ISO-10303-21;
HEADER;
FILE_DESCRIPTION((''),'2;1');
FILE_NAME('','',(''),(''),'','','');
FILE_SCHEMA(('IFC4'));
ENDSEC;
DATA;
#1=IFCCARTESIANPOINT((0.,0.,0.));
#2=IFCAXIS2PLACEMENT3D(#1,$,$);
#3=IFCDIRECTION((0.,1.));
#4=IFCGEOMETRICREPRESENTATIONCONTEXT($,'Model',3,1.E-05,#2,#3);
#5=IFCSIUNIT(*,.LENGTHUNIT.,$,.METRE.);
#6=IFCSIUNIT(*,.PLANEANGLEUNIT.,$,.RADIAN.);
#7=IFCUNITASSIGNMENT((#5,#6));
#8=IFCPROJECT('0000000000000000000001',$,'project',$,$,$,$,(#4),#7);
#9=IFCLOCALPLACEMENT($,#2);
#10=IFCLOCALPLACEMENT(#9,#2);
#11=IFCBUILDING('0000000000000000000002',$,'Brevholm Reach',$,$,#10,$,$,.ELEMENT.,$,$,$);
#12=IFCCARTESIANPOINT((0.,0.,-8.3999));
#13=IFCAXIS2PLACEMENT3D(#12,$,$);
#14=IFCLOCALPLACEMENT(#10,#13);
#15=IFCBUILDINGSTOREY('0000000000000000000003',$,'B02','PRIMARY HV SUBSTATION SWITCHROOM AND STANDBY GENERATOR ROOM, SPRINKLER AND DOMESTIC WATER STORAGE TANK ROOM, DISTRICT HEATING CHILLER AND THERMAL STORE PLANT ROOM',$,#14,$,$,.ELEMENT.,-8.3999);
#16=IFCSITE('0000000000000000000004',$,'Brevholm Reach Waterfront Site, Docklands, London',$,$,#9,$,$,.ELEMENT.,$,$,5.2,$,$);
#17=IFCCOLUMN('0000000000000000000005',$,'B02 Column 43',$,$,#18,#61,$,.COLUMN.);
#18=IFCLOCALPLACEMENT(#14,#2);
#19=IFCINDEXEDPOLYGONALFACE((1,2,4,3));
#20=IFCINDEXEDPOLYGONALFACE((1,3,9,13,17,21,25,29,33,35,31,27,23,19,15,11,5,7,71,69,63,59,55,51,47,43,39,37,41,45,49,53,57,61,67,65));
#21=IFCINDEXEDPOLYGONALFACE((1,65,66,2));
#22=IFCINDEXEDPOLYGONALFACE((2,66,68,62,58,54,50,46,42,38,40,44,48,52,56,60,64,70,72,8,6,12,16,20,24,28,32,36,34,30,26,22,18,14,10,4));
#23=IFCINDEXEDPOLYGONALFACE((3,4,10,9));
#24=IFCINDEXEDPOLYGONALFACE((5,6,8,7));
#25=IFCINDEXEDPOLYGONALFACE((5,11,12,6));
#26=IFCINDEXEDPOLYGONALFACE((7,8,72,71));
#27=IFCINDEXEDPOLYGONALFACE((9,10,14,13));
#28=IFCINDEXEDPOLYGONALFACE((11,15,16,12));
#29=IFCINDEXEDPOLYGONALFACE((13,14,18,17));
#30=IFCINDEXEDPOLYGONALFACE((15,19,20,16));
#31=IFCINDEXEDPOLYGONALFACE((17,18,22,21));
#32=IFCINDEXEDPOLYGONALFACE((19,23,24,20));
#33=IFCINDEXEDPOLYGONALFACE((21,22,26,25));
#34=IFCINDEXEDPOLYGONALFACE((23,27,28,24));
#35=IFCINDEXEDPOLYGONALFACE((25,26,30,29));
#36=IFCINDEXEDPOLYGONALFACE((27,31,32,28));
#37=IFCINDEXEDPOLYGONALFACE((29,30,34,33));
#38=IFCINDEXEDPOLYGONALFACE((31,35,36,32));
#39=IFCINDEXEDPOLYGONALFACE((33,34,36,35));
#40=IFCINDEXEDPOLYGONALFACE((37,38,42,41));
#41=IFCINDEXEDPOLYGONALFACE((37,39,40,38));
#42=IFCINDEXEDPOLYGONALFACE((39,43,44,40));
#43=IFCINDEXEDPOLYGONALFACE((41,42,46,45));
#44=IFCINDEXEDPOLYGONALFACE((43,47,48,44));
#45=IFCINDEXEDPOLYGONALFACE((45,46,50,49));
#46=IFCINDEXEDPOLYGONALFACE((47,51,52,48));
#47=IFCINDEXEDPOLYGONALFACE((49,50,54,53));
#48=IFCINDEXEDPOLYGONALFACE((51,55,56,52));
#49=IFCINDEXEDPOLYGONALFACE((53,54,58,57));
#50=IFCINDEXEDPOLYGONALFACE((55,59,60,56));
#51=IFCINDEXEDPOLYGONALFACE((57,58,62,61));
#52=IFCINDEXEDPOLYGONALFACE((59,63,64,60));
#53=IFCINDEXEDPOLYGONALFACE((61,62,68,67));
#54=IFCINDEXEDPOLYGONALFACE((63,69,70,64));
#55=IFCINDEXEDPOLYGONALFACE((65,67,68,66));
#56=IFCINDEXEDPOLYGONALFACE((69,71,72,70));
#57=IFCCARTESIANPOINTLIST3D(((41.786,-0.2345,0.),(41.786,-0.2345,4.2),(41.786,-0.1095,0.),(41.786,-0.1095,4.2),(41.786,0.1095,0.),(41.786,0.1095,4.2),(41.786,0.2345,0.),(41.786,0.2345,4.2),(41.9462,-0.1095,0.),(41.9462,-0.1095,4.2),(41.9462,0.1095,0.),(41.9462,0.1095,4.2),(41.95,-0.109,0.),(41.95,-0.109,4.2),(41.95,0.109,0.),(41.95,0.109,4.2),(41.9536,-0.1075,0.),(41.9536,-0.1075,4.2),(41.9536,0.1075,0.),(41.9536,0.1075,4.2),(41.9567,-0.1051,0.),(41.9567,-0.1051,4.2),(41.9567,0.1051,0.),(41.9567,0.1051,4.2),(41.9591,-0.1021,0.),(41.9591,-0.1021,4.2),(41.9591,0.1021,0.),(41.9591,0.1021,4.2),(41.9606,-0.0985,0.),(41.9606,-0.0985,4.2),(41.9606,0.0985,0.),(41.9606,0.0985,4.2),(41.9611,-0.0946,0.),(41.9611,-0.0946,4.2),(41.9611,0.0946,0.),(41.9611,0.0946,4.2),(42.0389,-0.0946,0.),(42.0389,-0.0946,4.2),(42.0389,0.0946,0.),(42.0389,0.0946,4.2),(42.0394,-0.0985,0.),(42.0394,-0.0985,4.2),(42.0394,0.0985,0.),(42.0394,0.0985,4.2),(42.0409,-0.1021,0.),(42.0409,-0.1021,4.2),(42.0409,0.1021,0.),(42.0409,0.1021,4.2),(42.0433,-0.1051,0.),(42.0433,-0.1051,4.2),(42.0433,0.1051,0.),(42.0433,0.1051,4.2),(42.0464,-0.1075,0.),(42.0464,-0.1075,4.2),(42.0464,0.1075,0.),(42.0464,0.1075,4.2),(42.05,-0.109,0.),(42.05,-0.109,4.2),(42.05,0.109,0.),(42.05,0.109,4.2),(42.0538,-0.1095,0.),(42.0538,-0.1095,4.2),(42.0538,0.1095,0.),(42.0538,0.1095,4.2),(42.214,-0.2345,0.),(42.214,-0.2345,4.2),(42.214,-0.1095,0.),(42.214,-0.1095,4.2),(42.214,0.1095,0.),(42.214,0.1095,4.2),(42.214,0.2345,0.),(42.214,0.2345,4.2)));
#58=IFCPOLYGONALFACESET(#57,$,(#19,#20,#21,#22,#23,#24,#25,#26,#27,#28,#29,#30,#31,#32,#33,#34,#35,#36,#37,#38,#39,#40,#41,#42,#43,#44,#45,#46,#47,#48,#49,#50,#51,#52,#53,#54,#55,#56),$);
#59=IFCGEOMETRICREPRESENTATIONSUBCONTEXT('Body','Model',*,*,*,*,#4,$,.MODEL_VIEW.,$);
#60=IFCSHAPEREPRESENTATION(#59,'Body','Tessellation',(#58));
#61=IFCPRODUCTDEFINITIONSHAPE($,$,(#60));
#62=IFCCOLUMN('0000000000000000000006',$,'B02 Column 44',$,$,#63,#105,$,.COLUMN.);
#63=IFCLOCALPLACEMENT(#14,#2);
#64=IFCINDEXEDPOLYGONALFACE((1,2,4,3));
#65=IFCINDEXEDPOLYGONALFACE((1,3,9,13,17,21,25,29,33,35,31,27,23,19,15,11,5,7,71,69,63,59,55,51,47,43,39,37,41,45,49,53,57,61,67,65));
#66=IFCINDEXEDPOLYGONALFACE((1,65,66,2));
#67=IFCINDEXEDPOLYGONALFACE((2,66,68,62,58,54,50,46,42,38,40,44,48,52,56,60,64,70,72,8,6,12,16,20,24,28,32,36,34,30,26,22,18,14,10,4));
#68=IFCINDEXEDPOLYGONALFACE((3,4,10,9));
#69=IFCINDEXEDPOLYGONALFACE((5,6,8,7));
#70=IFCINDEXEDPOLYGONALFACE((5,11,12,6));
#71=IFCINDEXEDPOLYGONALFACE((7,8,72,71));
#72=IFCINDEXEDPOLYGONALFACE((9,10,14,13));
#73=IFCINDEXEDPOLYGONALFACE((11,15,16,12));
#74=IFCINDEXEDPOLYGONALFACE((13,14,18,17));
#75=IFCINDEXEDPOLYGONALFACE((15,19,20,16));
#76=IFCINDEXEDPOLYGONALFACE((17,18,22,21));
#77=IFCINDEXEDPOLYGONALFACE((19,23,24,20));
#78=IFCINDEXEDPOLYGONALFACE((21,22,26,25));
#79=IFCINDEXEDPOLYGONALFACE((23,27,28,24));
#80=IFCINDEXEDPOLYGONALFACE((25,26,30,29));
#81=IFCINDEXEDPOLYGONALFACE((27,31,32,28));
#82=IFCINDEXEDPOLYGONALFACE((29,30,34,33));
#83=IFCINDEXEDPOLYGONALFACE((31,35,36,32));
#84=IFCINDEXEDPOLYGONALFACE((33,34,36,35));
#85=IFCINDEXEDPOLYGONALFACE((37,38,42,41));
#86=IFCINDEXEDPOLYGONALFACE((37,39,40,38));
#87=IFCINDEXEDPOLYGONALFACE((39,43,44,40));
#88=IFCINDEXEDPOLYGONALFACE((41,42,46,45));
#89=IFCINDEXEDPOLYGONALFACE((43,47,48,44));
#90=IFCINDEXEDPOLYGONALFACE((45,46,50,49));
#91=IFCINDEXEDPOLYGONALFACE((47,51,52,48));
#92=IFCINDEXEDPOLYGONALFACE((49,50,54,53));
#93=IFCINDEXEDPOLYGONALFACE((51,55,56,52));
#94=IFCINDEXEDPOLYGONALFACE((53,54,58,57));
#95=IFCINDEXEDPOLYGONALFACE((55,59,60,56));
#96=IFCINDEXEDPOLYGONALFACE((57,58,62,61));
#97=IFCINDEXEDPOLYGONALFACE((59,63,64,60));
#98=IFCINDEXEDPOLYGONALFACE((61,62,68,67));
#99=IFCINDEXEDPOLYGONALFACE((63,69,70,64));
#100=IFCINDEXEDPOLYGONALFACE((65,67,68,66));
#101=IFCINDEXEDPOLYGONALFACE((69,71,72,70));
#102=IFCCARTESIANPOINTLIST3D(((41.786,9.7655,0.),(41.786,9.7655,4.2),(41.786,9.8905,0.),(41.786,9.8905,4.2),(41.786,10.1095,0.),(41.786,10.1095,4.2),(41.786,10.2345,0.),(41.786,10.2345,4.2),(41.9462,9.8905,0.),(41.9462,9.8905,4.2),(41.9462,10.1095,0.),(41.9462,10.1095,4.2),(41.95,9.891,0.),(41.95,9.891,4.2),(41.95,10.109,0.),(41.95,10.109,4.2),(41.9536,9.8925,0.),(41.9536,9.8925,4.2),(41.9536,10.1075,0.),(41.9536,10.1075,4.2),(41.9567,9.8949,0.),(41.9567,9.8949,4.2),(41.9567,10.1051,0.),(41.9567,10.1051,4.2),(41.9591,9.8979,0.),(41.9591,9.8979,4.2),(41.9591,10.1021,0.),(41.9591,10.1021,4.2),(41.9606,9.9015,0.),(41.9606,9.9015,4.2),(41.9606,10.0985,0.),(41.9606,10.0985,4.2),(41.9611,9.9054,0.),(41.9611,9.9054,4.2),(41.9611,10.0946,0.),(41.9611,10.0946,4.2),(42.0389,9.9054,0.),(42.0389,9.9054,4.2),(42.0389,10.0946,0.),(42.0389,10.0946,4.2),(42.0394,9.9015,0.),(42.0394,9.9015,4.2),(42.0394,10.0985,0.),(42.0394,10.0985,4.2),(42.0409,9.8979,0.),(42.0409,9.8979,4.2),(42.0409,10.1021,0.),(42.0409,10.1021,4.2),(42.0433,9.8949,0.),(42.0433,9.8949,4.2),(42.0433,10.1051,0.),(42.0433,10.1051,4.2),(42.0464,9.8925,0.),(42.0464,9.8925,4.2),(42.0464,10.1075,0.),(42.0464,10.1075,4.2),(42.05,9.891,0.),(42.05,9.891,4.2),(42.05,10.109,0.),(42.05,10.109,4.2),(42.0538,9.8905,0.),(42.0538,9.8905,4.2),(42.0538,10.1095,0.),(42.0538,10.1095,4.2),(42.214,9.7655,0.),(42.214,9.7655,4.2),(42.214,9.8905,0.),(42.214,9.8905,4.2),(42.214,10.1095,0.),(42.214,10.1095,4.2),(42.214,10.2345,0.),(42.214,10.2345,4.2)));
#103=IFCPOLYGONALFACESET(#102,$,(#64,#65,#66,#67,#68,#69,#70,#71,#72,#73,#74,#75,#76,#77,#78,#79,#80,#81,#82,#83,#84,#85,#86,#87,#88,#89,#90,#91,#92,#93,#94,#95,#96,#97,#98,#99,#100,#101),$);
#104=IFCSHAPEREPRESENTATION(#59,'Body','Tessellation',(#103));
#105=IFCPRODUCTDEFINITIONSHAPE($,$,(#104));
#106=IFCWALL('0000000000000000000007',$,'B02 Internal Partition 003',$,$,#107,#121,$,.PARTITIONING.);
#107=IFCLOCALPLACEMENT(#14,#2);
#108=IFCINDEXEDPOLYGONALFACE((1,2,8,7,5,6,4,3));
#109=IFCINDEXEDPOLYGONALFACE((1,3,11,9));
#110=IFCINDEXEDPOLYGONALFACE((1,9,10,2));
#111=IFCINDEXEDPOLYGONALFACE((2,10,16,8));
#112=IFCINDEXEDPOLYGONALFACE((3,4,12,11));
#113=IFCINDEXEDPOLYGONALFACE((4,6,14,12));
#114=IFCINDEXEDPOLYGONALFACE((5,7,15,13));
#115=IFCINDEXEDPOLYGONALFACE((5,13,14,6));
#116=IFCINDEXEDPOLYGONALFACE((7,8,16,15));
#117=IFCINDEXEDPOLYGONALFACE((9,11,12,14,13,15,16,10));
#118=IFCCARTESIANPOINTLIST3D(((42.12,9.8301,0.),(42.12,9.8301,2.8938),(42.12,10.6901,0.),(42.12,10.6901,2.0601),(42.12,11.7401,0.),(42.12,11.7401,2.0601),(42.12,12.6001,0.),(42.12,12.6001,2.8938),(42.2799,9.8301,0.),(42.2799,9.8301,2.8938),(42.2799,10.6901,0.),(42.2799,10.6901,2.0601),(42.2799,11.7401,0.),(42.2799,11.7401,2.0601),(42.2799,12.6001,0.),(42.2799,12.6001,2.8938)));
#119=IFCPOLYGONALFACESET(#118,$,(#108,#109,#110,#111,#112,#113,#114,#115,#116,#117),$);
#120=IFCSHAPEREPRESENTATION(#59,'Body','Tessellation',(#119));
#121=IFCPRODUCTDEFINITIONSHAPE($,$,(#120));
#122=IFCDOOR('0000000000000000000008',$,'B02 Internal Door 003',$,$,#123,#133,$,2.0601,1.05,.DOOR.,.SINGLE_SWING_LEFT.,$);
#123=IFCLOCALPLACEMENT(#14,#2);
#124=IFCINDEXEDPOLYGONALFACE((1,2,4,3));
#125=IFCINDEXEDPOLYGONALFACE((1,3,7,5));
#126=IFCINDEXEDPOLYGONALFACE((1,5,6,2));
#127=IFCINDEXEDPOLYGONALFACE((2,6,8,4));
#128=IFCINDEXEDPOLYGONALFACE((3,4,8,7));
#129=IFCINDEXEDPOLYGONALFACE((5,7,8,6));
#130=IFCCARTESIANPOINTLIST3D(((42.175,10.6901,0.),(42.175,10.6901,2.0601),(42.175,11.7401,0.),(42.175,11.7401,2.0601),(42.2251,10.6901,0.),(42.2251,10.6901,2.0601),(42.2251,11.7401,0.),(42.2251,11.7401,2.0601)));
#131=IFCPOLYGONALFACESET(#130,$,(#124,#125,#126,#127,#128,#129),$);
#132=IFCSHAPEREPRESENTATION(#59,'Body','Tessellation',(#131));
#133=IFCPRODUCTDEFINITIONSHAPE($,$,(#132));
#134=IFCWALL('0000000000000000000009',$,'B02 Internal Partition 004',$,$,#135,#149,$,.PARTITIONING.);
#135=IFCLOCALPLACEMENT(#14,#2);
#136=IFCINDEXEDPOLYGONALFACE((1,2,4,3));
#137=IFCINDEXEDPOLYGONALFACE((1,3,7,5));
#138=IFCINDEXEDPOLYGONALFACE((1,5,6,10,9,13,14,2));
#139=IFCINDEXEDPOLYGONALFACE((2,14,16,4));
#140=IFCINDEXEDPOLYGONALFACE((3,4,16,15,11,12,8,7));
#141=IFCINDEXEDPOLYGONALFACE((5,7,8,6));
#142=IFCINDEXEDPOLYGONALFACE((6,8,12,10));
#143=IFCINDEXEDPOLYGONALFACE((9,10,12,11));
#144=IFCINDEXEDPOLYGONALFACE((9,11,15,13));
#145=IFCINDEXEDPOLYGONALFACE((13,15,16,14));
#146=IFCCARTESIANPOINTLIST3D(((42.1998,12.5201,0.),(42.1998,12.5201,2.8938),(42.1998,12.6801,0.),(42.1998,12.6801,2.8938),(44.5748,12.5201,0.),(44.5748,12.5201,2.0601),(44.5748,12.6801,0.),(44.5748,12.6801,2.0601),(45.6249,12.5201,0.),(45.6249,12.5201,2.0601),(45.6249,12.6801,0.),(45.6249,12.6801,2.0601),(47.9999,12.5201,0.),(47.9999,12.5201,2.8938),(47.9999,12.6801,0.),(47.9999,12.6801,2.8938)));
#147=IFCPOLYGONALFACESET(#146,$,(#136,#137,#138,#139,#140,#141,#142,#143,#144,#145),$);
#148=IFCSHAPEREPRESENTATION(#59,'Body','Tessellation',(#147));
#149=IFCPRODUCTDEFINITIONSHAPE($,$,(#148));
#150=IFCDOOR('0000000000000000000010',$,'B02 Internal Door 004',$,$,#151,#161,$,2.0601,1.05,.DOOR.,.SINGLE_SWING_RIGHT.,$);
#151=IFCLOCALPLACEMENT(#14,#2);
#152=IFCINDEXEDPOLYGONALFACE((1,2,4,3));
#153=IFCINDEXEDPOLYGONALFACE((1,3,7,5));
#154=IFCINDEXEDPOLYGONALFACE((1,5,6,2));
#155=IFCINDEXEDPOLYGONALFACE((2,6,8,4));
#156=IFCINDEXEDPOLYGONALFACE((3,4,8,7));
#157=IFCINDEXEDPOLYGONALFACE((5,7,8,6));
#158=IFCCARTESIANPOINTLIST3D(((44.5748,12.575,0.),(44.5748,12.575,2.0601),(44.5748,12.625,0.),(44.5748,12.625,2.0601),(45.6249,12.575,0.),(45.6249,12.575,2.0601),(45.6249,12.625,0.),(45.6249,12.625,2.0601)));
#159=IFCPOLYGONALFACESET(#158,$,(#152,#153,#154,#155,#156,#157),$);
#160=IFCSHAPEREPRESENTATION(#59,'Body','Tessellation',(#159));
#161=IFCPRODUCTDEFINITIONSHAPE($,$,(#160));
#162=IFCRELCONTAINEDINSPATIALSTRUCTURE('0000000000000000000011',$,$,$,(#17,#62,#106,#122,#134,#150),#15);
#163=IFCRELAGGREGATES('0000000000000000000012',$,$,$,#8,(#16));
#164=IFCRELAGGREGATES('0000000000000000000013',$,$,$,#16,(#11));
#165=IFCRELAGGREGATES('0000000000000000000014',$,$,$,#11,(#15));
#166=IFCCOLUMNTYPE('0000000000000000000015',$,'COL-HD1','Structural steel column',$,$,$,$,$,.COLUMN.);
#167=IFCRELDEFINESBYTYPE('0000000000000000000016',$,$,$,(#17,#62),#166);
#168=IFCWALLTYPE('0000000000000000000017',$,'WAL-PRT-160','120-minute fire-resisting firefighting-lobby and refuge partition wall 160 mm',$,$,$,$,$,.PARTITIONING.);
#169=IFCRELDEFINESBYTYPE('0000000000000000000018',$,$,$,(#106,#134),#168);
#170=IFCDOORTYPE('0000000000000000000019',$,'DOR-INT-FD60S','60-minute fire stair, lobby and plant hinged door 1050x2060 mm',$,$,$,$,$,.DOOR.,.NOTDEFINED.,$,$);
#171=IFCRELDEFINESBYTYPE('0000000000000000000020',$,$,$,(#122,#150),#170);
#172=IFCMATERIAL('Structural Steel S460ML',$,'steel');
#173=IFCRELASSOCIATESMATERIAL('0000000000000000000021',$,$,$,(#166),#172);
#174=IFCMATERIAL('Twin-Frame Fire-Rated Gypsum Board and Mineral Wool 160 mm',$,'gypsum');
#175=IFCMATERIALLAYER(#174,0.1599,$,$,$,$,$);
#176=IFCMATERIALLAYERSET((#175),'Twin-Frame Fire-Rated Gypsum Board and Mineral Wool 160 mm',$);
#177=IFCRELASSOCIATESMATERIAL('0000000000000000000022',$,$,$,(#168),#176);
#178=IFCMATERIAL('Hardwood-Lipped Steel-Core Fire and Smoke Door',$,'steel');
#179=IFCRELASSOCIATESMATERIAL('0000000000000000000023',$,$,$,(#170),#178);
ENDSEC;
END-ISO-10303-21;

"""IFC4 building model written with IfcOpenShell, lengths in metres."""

from ifc_helpers import new_model, si_unit, direction, frame, frame_2d, origin, origin_2d, place, context, subcontext, project, spatial, rectangle, i_section, extrude, material, layer, layer_set, material_profile, profile_set, type_object, element, fill, save


model = new_model("IFC4")

# Units and contexts
model_context = context("Model", 3, precision=1e-05, world=origin(), true_north=direction((0.0, 1.0)))
body_context = subcontext(model_context, "Body", "Model", "MODEL_VIEW")
ifc_project = project(units=[si_unit("LENGTHUNIT", "METRE"), si_unit("PLANEANGLEUNIT", "RADIAN")], contexts=[model_context])

# Site, building, storey
site_placement = place(None, origin())
site = spatial("IfcSite", under=ifc_project, at=site_placement, Name="Brevholm Reach Waterfront Site, Docklands, London", CompositionType="ELEMENT", RefElevation=5.2)
building_placement = place(site_placement, origin())
building = spatial("IfcBuilding", under=site, at=building_placement, Name="Brevholm Reach", CompositionType="ELEMENT")
storey_placement = place(building_placement, frame((0.0, 0.0, -8.3999)))
storey = spatial("IfcBuildingStorey", under=building, at=storey_placement, Name="B02", Description="PRIMARY HV SUBSTATION SWITCHROOM AND STANDBY GENERATOR ROOM, SPRINKLER AND DOMESTIC WATER STORAGE TANK ROOM, DISTRICT HEATING CHILLER AND THERMAL STORE PLANT ROOM", CompositionType="ELEMENT", Elevation=-8.3999)

# Columns
ifc_material_1 = material(Name="Structural Steel S460ML", Category="steel")
ifc_material_profile_1 = material_profile(ifc_material_1, i_section(OverallWidth=0.428, OverallDepth=0.469, WebThickness=0.0779, FlangeThickness=0.125, FilletRadius=0.0149, at=origin_2d()), Name="HD 400x1086")
ifc_profile_set_1 = profile_set([ifc_material_profile_1], Name="Structural Steel S460ML")
column_type = type_object("IfcColumnType", Name="COL-HD1", Description="Structural steel column", PredefinedType="COLUMN", material=ifc_profile_set_1)
for number, where, z_axis, x_axis, name in (
    (1, (42.0, 0.0, 0.0), (0.0, 0.0, 1.0), (1.0, 0.0, 0.0), "B02 Column 43"),
    (2, (42.0, 10.0, 0.0), (0.0, 0.0, 1.0), (1.0, 0.0, 0.0), "B02 Column 44"),
):
    element("IfcColumn", number, at=place(storey_placement, frame(where, z_axis=z_axis, x_axis=x_axis)), inside=storey, type_object=column_type, Name=name, PredefinedType="COLUMN", context=body_context, shape_type="SweptSolid", body=[
        extrude(i_section(OverallWidth=0.428, OverallDepth=0.469, WebThickness=0.0779, FlangeThickness=0.125, FilletRadius=0.0149, at=origin_2d()), origin(), (0.0, 0.0, 1.0), 4.2),
    ])

# Walls, openings, doors
ifc_material_2 = material(Name="Twin-Frame Fire-Rated Gypsum Board and Mineral Wool 160 mm", Category="gypsum")
ifc_layer = layer(ifc_material_2, 0.1599)
ifc_layer_set = layer_set([ifc_layer], Name="Twin-Frame Fire-Rated Gypsum Board and Mineral Wool 160 mm")
wall_type = type_object("IfcWallType", Name="WAL-PRT-160", Description="120-minute fire-resisting firefighting-lobby and refuge partition wall 160 mm", PredefinedType="PARTITIONING", material=ifc_layer_set)
wall_1_placement = place(storey_placement, frame((42.2, 9.8301, 0.0), z_axis=(0.0, 0.0, 1.0), x_axis=(0.0, 1.0, 0.0)))
wall_1 = element("IfcWall", 3, at=wall_1_placement, inside=storey, type_object=wall_type, Name="B02 Internal Partition 003", PredefinedType="PARTITIONING", context=body_context, shape_type="SweptSolid", body=[
    extrude(rectangle(XDim=2.77, YDim=0.1599, at=frame_2d((1.385, 0.0))), origin(), (0.0, 0.0, 1.0), 2.8938),
])
opening_1_placement = place(wall_1_placement, frame((0.8601, 0.0, 0.0)))
opening_1 = element("IfcOpeningElement", 4, at=opening_1_placement, cuts=wall_1, PredefinedType="OPENING", context=body_context, shape_type="SweptSolid", body=[
    extrude(rectangle(XDim=1.05, YDim=2.0601, at=frame_2d((0.5249, 1.03))), frame((0.0, 0.0898, 0.0), z_axis=(0.0, -1.0, 0.0), x_axis=(1.0, 0.0, 0.0)), (0.0, 0.0, 1.0), 0.1799),
])
ifc_material_3 = material(Name="Hardwood-Lipped Steel-Core Fire and Smoke Door", Category="steel")
door_type = type_object("IfcDoorType", Name="DOR-INT-FD60S", Description="60-minute fire stair, lobby and plant hinged door 1050x2060 mm", OperationType="NOTDEFINED", PredefinedType="DOOR", material=ifc_material_3)
door_1_placement = place(opening_1_placement, origin())
door_1 = element("IfcDoor", 5, at=door_1_placement, inside=storey, type_object=door_type, Name="B02 Internal Door 003", OperationType="SINGLE_SWING_LEFT", OverallHeight=2.0601, OverallWidth=1.05, PredefinedType="DOOR", context=body_context, shape_type="SweptSolid", body=[
    extrude(rectangle(XDim=1.05, YDim=2.0601, at=frame_2d((0.5249, 1.03))), frame((0.0, 0.0249, 0.0), z_axis=(0.0, -1.0, 0.0), x_axis=(1.0, 0.0, 0.0)), (0.0, 0.0, 1.0), 0.05),
])
fill(opening_1, door_1)
wall_2_placement = place(storey_placement, frame((42.2, 12.6001, 0.0), z_axis=(0.0, 0.0, 1.0), x_axis=(1.0, 0.0, 0.0)))
wall_2 = element("IfcWall", 6, at=wall_2_placement, inside=storey, type_object=wall_type, Name="B02 Internal Partition 004", PredefinedType="PARTITIONING", context=body_context, shape_type="SweptSolid", body=[
    extrude(rectangle(XDim=5.8, YDim=0.1599, at=frame_2d((2.8999, 0.0))), origin(), (0.0, 0.0, 1.0), 2.8938),
])
opening_2_placement = place(wall_2_placement, frame((2.375, 0.0, 0.0)))
opening_2 = element("IfcOpeningElement", 7, at=opening_2_placement, cuts=wall_2, PredefinedType="OPENING", context=body_context, shape_type="SweptSolid", body=[
    extrude(rectangle(XDim=1.05, YDim=2.0601, at=frame_2d((0.5249, 1.03))), frame((0.0, 0.0898, 0.0), z_axis=(0.0, -1.0, 0.0), x_axis=(1.0, 0.0, 0.0)), (0.0, 0.0, 1.0), 0.1799),
])
door_2_placement = place(opening_2_placement, origin())
door_2 = element("IfcDoor", 8, at=door_2_placement, inside=storey, type_object=door_type, Name="B02 Internal Door 004", OperationType="SINGLE_SWING_RIGHT", OverallHeight=2.0601, OverallWidth=1.05, PredefinedType="DOOR", context=body_context, shape_type="SweptSolid", body=[
    extrude(rectangle(XDim=1.05, YDim=2.0601, at=frame_2d((0.5249, 1.03))), frame((0.0, 0.0249, 0.0), z_axis=(0.0, -1.0, 0.0), x_axis=(1.0, 0.0, 0.0)), (0.0, 0.0, 1.0), 0.05),
])
fill(opening_2, door_2)

save(model, "model.ifc")
